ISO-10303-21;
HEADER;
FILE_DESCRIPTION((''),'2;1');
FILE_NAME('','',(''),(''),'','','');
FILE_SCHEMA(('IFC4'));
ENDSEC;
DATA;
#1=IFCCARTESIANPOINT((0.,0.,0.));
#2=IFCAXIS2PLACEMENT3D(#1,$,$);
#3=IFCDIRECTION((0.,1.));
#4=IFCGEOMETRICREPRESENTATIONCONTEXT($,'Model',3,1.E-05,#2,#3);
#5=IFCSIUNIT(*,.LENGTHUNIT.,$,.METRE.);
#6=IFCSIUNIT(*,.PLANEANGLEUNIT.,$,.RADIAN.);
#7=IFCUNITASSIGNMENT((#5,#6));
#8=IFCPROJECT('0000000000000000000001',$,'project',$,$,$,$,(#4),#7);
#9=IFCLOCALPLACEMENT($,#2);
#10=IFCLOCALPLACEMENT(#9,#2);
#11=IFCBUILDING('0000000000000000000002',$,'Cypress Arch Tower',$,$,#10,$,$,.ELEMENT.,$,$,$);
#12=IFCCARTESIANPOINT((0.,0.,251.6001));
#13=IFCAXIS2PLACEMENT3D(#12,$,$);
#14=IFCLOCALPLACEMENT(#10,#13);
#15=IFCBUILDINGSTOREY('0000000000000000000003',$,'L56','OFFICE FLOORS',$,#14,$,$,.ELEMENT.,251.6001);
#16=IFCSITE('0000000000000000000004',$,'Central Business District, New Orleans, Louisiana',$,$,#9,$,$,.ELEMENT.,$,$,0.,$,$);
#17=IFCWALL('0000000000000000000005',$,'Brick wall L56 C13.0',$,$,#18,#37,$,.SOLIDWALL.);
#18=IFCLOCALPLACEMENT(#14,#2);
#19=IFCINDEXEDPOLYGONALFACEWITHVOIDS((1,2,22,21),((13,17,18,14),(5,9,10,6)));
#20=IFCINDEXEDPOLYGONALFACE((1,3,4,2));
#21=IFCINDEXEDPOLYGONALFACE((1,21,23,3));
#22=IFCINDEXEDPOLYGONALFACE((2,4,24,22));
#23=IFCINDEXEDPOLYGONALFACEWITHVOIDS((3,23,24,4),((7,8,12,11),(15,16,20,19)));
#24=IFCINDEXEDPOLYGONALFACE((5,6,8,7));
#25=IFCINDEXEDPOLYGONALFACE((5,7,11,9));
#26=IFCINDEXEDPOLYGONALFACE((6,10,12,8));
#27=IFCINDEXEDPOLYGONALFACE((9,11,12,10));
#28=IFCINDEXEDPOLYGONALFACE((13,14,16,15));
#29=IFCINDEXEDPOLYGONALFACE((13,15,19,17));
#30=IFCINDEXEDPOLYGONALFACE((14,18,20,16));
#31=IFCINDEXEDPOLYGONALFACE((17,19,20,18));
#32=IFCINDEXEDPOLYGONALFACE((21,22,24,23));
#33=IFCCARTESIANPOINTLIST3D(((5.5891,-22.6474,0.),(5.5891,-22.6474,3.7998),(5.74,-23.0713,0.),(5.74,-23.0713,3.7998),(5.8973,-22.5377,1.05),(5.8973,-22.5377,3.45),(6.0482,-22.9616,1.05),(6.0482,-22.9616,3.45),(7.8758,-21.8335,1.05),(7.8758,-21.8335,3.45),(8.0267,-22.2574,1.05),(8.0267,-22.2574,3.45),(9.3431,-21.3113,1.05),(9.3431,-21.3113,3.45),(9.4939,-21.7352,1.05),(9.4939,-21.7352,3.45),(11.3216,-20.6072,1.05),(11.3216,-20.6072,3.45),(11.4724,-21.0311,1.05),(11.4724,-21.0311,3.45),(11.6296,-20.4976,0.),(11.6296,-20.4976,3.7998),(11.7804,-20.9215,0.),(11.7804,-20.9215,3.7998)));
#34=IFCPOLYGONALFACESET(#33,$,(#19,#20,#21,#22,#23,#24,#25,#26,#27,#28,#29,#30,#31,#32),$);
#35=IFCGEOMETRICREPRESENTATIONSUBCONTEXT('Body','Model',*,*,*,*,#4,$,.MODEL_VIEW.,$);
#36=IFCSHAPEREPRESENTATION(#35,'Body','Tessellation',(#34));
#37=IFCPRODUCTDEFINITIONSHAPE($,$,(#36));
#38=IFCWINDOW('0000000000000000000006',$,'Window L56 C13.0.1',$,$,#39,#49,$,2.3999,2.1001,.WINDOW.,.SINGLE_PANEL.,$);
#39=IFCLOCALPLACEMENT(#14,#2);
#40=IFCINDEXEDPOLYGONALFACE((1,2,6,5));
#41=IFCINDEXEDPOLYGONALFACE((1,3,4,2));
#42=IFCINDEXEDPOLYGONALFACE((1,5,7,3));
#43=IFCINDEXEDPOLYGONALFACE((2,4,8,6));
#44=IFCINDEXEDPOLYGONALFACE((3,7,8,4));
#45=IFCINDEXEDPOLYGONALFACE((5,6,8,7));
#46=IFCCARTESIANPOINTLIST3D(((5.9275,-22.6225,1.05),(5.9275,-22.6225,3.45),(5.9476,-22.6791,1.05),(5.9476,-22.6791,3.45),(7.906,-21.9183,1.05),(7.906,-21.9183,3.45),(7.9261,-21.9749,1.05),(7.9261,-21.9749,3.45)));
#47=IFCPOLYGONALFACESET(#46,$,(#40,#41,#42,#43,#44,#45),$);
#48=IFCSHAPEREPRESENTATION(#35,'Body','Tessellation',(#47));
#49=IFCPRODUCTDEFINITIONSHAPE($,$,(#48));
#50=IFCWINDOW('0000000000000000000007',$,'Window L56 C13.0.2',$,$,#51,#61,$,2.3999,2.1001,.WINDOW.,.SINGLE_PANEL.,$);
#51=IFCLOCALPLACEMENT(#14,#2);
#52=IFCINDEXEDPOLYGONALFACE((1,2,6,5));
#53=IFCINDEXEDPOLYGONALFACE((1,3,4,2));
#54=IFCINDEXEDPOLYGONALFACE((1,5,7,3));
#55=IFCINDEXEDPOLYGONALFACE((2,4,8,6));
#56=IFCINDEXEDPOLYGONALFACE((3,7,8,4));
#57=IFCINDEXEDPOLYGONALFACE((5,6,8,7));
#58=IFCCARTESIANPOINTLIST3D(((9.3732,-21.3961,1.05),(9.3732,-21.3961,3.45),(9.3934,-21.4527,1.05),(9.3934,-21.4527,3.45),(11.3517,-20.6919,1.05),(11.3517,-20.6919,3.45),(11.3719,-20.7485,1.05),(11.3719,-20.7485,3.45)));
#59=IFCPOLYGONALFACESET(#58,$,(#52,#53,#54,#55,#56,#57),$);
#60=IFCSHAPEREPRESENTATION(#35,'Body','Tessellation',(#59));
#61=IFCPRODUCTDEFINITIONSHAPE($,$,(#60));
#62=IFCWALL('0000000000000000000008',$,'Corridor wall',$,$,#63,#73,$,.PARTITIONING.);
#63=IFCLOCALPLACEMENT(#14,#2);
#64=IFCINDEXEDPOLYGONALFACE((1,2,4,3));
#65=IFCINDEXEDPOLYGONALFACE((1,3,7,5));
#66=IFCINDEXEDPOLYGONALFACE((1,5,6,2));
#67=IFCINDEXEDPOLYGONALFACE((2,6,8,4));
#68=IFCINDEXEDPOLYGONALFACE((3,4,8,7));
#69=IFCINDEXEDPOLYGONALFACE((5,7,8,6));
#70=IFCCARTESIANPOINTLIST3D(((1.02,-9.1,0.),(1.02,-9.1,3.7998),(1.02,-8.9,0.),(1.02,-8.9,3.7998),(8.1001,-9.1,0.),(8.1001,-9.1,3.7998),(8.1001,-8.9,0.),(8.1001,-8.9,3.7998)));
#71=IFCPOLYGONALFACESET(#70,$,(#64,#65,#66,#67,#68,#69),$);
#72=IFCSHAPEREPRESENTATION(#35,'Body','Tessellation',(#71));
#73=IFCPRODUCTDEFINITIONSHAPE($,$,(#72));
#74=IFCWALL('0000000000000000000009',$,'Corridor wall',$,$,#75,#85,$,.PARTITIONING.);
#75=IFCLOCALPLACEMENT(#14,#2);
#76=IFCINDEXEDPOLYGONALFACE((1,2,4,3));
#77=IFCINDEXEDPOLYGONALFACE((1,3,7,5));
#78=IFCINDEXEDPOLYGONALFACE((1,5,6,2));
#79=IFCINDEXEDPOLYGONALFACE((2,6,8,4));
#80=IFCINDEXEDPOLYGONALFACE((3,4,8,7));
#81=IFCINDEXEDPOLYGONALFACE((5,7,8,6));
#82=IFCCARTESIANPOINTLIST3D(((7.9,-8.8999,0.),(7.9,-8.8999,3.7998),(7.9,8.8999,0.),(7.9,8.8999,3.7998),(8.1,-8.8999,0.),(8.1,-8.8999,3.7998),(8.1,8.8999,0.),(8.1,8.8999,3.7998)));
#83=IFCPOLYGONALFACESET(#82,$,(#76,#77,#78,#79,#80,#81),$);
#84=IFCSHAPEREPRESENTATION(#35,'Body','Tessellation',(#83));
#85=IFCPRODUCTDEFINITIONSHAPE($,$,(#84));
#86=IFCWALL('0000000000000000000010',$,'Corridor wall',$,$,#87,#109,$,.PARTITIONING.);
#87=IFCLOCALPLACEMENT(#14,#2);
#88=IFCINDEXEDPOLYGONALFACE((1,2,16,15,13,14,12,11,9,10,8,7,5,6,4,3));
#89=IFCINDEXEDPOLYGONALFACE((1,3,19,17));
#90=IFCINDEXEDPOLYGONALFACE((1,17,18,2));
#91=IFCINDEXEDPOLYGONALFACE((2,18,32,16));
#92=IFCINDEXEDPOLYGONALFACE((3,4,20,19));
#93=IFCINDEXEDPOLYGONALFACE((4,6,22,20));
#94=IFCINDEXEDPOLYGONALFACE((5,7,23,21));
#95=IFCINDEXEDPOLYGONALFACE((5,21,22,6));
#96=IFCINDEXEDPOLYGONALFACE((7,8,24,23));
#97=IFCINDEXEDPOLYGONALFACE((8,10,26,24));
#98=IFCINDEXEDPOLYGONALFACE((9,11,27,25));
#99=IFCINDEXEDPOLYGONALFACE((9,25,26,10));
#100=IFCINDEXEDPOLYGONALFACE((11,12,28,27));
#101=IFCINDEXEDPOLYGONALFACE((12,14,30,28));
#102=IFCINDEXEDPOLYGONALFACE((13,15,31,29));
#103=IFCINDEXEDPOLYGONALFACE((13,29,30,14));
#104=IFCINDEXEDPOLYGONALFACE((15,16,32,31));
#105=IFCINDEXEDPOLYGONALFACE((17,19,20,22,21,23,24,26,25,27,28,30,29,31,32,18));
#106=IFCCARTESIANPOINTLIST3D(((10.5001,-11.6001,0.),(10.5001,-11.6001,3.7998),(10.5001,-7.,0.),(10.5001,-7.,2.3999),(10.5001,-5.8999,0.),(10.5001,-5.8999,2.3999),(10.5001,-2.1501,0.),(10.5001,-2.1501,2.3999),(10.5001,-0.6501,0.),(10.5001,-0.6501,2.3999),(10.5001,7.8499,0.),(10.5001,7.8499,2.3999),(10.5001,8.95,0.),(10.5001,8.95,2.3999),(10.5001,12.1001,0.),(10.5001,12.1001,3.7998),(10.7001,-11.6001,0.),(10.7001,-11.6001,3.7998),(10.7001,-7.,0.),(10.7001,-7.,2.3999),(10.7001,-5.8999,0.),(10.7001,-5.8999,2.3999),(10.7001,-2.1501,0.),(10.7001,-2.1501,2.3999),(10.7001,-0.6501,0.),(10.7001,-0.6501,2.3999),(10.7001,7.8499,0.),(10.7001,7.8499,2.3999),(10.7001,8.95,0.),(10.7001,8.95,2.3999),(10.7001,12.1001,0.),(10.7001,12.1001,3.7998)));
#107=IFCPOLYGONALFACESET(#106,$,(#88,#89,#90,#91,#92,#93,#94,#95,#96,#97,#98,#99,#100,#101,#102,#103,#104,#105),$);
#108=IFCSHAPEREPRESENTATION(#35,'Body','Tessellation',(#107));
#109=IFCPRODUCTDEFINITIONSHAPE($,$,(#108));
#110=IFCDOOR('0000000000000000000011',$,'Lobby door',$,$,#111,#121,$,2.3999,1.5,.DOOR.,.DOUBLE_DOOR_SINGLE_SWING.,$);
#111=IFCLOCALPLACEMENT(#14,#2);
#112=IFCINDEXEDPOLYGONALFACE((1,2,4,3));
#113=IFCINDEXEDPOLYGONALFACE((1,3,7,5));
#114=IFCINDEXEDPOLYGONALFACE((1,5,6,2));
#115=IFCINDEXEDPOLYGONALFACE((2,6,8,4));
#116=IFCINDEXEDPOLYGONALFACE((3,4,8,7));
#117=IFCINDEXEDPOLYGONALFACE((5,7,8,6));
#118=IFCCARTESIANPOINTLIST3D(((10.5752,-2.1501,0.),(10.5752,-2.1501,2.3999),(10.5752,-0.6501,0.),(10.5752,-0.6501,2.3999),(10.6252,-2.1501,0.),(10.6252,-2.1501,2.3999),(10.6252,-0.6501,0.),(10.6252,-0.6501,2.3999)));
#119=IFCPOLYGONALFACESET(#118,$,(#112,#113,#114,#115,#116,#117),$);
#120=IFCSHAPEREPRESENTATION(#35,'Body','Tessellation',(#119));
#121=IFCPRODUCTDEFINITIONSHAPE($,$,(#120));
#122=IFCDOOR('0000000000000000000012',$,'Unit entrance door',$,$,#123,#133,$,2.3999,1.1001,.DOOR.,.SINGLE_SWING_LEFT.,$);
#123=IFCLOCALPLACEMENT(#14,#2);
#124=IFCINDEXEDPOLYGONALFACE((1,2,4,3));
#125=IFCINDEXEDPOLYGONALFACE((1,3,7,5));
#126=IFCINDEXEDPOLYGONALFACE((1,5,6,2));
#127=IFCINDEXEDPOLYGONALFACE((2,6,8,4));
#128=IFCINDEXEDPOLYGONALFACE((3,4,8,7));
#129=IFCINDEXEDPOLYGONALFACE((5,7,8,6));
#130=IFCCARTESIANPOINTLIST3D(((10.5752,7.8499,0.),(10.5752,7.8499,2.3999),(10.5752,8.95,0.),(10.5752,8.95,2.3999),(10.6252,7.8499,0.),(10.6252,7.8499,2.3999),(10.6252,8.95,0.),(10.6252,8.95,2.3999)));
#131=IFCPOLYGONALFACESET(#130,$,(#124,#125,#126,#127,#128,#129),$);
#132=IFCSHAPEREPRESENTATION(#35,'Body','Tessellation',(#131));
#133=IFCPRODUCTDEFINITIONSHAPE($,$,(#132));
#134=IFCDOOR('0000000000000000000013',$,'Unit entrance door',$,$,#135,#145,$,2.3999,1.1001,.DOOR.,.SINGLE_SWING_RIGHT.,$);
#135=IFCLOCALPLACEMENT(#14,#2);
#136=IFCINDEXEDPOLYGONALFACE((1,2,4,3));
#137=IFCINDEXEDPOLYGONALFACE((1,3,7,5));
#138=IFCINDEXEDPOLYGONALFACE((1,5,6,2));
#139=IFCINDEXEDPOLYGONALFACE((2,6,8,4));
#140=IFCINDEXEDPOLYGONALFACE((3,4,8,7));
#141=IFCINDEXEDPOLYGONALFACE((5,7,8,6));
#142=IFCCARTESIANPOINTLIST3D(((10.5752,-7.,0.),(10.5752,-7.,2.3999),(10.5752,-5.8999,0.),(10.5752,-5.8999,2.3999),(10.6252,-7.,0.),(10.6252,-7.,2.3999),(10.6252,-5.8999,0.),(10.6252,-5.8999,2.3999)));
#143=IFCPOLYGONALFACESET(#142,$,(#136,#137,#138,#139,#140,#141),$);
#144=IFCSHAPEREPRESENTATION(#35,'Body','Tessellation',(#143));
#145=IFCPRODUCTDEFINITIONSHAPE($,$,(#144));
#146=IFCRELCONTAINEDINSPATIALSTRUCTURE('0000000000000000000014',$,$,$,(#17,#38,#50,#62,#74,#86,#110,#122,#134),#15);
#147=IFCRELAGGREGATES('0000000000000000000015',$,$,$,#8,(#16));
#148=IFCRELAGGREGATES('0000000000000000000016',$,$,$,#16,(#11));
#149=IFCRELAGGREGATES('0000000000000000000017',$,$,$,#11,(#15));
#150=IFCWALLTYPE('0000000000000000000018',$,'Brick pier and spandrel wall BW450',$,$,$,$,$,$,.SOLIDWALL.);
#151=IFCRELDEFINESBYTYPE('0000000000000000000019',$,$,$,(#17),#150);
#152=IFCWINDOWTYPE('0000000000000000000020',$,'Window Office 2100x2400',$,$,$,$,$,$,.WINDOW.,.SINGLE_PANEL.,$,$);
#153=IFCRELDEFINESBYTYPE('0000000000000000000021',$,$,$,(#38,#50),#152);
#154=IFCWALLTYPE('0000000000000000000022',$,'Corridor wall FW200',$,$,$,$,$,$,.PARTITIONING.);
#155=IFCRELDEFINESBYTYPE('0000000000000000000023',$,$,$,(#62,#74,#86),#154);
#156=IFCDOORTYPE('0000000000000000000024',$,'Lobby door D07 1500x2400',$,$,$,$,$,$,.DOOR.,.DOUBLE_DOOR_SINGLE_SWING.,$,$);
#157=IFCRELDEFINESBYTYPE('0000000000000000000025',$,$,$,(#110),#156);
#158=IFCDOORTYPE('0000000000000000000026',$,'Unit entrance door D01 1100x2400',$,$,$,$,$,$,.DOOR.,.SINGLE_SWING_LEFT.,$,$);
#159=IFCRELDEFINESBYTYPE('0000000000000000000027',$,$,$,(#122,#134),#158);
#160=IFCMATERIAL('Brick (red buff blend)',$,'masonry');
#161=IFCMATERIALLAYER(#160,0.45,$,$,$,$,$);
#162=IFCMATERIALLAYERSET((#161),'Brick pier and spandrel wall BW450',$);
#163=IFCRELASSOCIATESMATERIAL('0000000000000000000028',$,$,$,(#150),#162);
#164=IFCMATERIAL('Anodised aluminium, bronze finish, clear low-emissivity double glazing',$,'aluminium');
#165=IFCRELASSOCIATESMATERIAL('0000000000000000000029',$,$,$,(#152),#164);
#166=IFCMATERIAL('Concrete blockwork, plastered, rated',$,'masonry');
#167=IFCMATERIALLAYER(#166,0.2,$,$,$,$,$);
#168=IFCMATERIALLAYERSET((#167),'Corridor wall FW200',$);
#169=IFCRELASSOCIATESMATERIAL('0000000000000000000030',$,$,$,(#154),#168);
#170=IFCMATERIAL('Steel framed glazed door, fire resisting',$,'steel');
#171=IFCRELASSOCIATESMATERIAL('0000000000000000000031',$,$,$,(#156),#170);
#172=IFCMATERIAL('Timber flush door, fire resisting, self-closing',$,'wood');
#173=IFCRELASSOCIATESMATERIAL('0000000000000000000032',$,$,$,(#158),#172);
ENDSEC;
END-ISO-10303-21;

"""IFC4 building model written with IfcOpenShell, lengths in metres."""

from ifc_helpers import new_model, si_unit, direction, frame, frame_2d, origin, place, context, subcontext, project, spatial, rectangle, extrude, material, layer, layer_set, type_object, element, fill, save


model = new_model("IFC4")

# Units and contexts
model_context = context("Model", 3, precision=1e-05, world=origin(), true_north=direction((0.0, 1.0)))
body_context = subcontext(model_context, "Body", "Model", "MODEL_VIEW")
ifc_project = project(units=[si_unit("LENGTHUNIT", "METRE"), si_unit("PLANEANGLEUNIT", "RADIAN")], contexts=[model_context])

# Site, building, storey
site_placement = place(None, origin())
site = spatial("IfcSite", under=ifc_project, at=site_placement, Name="Central Business District, New Orleans, Louisiana", CompositionType="ELEMENT", RefElevation=0.0)
building_placement = place(site_placement, origin())
building = spatial("IfcBuilding", under=site, at=building_placement, Name="Cypress Arch Tower", CompositionType="ELEMENT")
storey_placement = place(building_placement, frame((0.0, 0.0, 251.6001)))
storey = spatial("IfcBuildingStorey", under=building, at=storey_placement, Name="L56", Description="OFFICE FLOORS", CompositionType="ELEMENT", Elevation=251.6001)

# Wall, openings, windows
ifc_material_1 = material(Name="Brick (red buff blend)", Category="masonry")
ifc_layer_1 = layer(ifc_material_1, 0.45)
ifc_layer_set_1 = layer_set([ifc_layer_1], Name="Brick pier and spandrel wall BW450")
wall_type_1 = type_object("IfcWallType", Name="Brick pier and spandrel wall BW450", PredefinedType="SOLIDWALL", material=ifc_layer_set_1)
wall_1_placement = place(storey_placement, frame((5.6646, -22.8594, 0.0), z_axis=(0.0, 0.0, 1.0), x_axis=(0.942108, 0.335309, 0.0)))
wall_1 = element("IfcWall", 1, at=wall_1_placement, inside=storey, type_object=wall_type_1, Name="Brick wall L56 C13.0", PredefinedType="SOLIDWALL", context=body_context, shape_type="SweptSolid", body=[
    extrude(rectangle(XDim=6.4116, YDim=0.45, at=frame_2d((3.2058, 0.0))), origin(), (0.0, 0.0, 1.0), 3.7998),
])
opening_1_placement = place(wall_1_placement, frame((0.3271, 0.0, 1.05)))
opening_1 = element("IfcOpeningElement", 2, at=opening_1_placement, cuts=wall_1, PredefinedType="OPENING", context=body_context, shape_type="SweptSolid", body=[
    extrude(rectangle(XDim=2.1001, YDim=2.3999, at=frame_2d((1.05, 1.2))), frame((0.0, 0.2349, 0.0), z_axis=(0.0, -1.0, 0.0), x_axis=(1.0, 0.0, 0.0)), (0.0, 0.0, 1.0), 0.47),
])
opening_2_placement = place(wall_1_placement, frame((3.9846, 0.0, 1.05)))
opening_2 = element("IfcOpeningElement", 3, at=opening_2_placement, cuts=wall_1, PredefinedType="OPENING", context=body_context, shape_type="SweptSolid", body=[
    extrude(rectangle(XDim=2.1001, YDim=2.3999, at=frame_2d((1.05, 1.2))), frame((0.0, 0.2349, 0.0), z_axis=(0.0, -1.0, 0.0), x_axis=(1.0, 0.0, 0.0)), (0.0, 0.0, 1.0), 0.47),
])
ifc_material_2 = material(Name="Anodised aluminium, bronze finish, clear low-emissivity double glazing", Category="aluminium")
window_type = type_object("IfcWindowType", Name="Window Office 2100x2400", PartitioningType="SINGLE_PANEL", PredefinedType="WINDOW", material=ifc_material_2)
window_1_placement = place(opening_1_placement, origin())
window_1 = element("IfcWindow", 4, at=window_1_placement, inside=storey, type_object=window_type, Name="Window L56 C13.0.1", OverallHeight=2.3999, OverallWidth=2.1001, PartitioningType="SINGLE_PANEL", PredefinedType="WINDOW", context=body_context, shape_type="SweptSolid", body=[
    extrude(rectangle(XDim=2.1001, YDim=2.3999, at=frame_2d((1.05, 1.2))), frame((0.0, 0.135, 0.0), z_axis=(0.0, -1.0, 0.0), x_axis=(1.0, 0.0, 0.0)), (0.0, 0.0, 1.0), 0.0601),
])
fill(opening_1, window_1)
window_2_placement = place(opening_2_placement, origin())
window_2 = element("IfcWindow", 5, at=window_2_placement, inside=storey, type_object=window_type, Name="Window L56 C13.0.2", OverallHeight=2.3999, OverallWidth=2.1001, PartitioningType="SINGLE_PANEL", PredefinedType="WINDOW", context=body_context, shape_type="SweptSolid", body=[
    extrude(rectangle(XDim=2.1001, YDim=2.3999, at=frame_2d((1.05, 1.2))), frame((0.0, 0.135, 0.0), z_axis=(0.0, -1.0, 0.0), x_axis=(1.0, 0.0, 0.0)), (0.0, 0.0, 1.0), 0.0601),
])
fill(opening_2, window_2)

# Walls
ifc_material_3 = material(Name="Concrete blockwork, plastered, rated", Category="masonry")
ifc_layer_2 = layer(ifc_material_3, 0.2)
ifc_layer_set_2 = layer_set([ifc_layer_2], Name="Corridor wall FW200")
wall_type_2 = type_object("IfcWallType", Name="Corridor wall FW200", PredefinedType="PARTITIONING", material=ifc_layer_set_2)
wall_2_placement = place(storey_placement, frame((1.02, -9.0, 0.0), z_axis=(0.0, 0.0, 1.0), x_axis=(1.0, 0.0, 0.0)))
element("IfcWall", 6, at=wall_2_placement, inside=storey, type_object=wall_type_2, Name="Corridor wall", PredefinedType="PARTITIONING", context=body_context, shape_type="SweptSolid", body=[
    extrude(rectangle(XDim=7.0801, YDim=0.2, at=frame_2d((3.54, 0.0))), origin(), (0.0, 0.0, 1.0), 3.7998),
])
wall_3_placement = place(storey_placement, frame((8.0, -8.8999, 0.0), z_axis=(0.0, 0.0, 1.0), x_axis=(0.0, 1.0, 0.0)))
element("IfcWall", 7, at=wall_3_placement, inside=storey, type_object=wall_type_2, Name="Corridor wall", PredefinedType="PARTITIONING", context=body_context, shape_type="SweptSolid", body=[
    extrude(rectangle(XDim=17.7998, YDim=0.2, at=frame_2d((8.8999, 0.0))), origin(), (0.0, 0.0, 1.0), 3.7998),
])

# Wall, openings, doors
wall_4_placement = place(storey_placement, frame((10.6001, -11.6001, 0.0), z_axis=(0.0, 0.0, 1.0), x_axis=(0.0, 1.0, 0.0)))
wall_4 = element("IfcWall", 8, at=wall_4_placement, inside=storey, type_object=wall_type_2, Name="Corridor wall", PredefinedType="PARTITIONING", context=body_context, shape_type="SweptSolid", body=[
    extrude(rectangle(XDim=23.7002, YDim=0.2, at=frame_2d((11.8501, 0.0))), origin(), (0.0, 0.0, 1.0), 3.7998),
])
opening_3_placement = place(wall_4_placement, frame((9.45, 0.0, 0.0)))
opening_3 = element("IfcOpeningElement", 9, at=opening_3_placement, cuts=wall_4, PredefinedType="OPENING", context=body_context, shape_type="SweptSolid", body=[
    extrude(rectangle(XDim=1.5, YDim=2.3999, at=frame_2d((0.75, 1.2))), frame((0.0, 0.1099, 0.0), z_axis=(0.0, -1.0, 0.0), x_axis=(1.0, 0.0, 0.0)), (0.0, 0.0, 1.0), 0.22),
])
opening_4_placement = place(wall_4_placement, frame((19.45, 0.0, 0.0)))
opening_4 = element("IfcOpeningElement", 10, at=opening_4_placement, cuts=wall_4, PredefinedType="OPENING", context=body_context, shape_type="SweptSolid", body=[
    extrude(rectangle(XDim=1.1001, YDim=2.3999, at=frame_2d((0.55, 1.2))), frame((0.0, 0.1099, 0.0), z_axis=(0.0, -1.0, 0.0), x_axis=(1.0, 0.0, 0.0)), (0.0, 0.0, 1.0), 0.22),
])
opening_5_placement = place(wall_4_placement, frame((4.6001, 0.0, 0.0)))
opening_5 = element("IfcOpeningElement", 11, at=opening_5_placement, cuts=wall_4, PredefinedType="OPENING", context=body_context, shape_type="SweptSolid", body=[
    extrude(rectangle(XDim=1.1001, YDim=2.3999, at=frame_2d((0.55, 1.2))), frame((0.0, 0.1099, 0.0), z_axis=(0.0, -1.0, 0.0), x_axis=(1.0, 0.0, 0.0)), (0.0, 0.0, 1.0), 0.22),
])
ifc_material_4 = material(Name="Steel framed glazed door, fire resisting", Category="steel")
door_type_1 = type_object("IfcDoorType", Name="Lobby door D07 1500x2400", OperationType="DOUBLE_DOOR_SINGLE_SWING", PredefinedType="DOOR", material=ifc_material_4)
door_1_placement = place(opening_3_placement, origin())
door_1 = element("IfcDoor", 12, at=door_1_placement, inside=storey, type_object=door_type_1, Name="Lobby door", OperationType="DOUBLE_DOOR_SINGLE_SWING", OverallHeight=2.3999, OverallWidth=1.5, PredefinedType="DOOR", context=body_context, shape_type="SweptSolid", body=[
    extrude(rectangle(XDim=1.5, YDim=2.3999, at=frame_2d((0.75, 1.2))), frame((0.0, 0.0249, 0.0), z_axis=(0.0, -1.0, 0.0), x_axis=(1.0, 0.0, 0.0)), (0.0, 0.0, 1.0), 0.05),
])
fill(opening_3, door_1)
ifc_material_5 = material(Name="Timber flush door, fire resisting, self-closing", Category="wood")
door_type_2 = type_object("IfcDoorType", Name="Unit entrance door D01 1100x2400", OperationType="SINGLE_SWING_LEFT", PredefinedType="DOOR", material=ifc_material_5)
door_2_placement = place(opening_4_placement, origin())
door_2 = element("IfcDoor", 13, at=door_2_placement, inside=storey, type_object=door_type_2, Name="Unit entrance door", OperationType="SINGLE_SWING_LEFT", OverallHeight=2.3999, OverallWidth=1.1001, PredefinedType="DOOR", context=body_context, shape_type="SweptSolid", body=[
    extrude(rectangle(XDim=1.1001, YDim=2.3999, at=frame_2d((0.55, 1.2))), frame((0.0, 0.0249, 0.0), z_axis=(0.0, -1.0, 0.0), x_axis=(1.0, 0.0, 0.0)), (0.0, 0.0, 1.0), 0.05),
])
fill(opening_4, door_2)
door_3_placement = place(opening_5_placement, origin())
door_3 = element("IfcDoor", 14, at=door_3_placement, inside=storey, type_object=door_type_2, Name="Unit entrance door", OperationType="SINGLE_SWING_RIGHT", OverallHeight=2.3999, OverallWidth=1.1001, PredefinedType="DOOR", context=body_context, shape_type="SweptSolid", body=[
    extrude(rectangle(XDim=1.1001, YDim=2.3999, at=frame_2d((0.55, 1.2))), frame((0.0, 0.0249, 0.0), z_axis=(0.0, -1.0, 0.0), x_axis=(1.0, 0.0, 0.0)), (0.0, 0.0, 1.0), 0.05),
])
fill(opening_5, door_3)

save(model, "model.ifc")
